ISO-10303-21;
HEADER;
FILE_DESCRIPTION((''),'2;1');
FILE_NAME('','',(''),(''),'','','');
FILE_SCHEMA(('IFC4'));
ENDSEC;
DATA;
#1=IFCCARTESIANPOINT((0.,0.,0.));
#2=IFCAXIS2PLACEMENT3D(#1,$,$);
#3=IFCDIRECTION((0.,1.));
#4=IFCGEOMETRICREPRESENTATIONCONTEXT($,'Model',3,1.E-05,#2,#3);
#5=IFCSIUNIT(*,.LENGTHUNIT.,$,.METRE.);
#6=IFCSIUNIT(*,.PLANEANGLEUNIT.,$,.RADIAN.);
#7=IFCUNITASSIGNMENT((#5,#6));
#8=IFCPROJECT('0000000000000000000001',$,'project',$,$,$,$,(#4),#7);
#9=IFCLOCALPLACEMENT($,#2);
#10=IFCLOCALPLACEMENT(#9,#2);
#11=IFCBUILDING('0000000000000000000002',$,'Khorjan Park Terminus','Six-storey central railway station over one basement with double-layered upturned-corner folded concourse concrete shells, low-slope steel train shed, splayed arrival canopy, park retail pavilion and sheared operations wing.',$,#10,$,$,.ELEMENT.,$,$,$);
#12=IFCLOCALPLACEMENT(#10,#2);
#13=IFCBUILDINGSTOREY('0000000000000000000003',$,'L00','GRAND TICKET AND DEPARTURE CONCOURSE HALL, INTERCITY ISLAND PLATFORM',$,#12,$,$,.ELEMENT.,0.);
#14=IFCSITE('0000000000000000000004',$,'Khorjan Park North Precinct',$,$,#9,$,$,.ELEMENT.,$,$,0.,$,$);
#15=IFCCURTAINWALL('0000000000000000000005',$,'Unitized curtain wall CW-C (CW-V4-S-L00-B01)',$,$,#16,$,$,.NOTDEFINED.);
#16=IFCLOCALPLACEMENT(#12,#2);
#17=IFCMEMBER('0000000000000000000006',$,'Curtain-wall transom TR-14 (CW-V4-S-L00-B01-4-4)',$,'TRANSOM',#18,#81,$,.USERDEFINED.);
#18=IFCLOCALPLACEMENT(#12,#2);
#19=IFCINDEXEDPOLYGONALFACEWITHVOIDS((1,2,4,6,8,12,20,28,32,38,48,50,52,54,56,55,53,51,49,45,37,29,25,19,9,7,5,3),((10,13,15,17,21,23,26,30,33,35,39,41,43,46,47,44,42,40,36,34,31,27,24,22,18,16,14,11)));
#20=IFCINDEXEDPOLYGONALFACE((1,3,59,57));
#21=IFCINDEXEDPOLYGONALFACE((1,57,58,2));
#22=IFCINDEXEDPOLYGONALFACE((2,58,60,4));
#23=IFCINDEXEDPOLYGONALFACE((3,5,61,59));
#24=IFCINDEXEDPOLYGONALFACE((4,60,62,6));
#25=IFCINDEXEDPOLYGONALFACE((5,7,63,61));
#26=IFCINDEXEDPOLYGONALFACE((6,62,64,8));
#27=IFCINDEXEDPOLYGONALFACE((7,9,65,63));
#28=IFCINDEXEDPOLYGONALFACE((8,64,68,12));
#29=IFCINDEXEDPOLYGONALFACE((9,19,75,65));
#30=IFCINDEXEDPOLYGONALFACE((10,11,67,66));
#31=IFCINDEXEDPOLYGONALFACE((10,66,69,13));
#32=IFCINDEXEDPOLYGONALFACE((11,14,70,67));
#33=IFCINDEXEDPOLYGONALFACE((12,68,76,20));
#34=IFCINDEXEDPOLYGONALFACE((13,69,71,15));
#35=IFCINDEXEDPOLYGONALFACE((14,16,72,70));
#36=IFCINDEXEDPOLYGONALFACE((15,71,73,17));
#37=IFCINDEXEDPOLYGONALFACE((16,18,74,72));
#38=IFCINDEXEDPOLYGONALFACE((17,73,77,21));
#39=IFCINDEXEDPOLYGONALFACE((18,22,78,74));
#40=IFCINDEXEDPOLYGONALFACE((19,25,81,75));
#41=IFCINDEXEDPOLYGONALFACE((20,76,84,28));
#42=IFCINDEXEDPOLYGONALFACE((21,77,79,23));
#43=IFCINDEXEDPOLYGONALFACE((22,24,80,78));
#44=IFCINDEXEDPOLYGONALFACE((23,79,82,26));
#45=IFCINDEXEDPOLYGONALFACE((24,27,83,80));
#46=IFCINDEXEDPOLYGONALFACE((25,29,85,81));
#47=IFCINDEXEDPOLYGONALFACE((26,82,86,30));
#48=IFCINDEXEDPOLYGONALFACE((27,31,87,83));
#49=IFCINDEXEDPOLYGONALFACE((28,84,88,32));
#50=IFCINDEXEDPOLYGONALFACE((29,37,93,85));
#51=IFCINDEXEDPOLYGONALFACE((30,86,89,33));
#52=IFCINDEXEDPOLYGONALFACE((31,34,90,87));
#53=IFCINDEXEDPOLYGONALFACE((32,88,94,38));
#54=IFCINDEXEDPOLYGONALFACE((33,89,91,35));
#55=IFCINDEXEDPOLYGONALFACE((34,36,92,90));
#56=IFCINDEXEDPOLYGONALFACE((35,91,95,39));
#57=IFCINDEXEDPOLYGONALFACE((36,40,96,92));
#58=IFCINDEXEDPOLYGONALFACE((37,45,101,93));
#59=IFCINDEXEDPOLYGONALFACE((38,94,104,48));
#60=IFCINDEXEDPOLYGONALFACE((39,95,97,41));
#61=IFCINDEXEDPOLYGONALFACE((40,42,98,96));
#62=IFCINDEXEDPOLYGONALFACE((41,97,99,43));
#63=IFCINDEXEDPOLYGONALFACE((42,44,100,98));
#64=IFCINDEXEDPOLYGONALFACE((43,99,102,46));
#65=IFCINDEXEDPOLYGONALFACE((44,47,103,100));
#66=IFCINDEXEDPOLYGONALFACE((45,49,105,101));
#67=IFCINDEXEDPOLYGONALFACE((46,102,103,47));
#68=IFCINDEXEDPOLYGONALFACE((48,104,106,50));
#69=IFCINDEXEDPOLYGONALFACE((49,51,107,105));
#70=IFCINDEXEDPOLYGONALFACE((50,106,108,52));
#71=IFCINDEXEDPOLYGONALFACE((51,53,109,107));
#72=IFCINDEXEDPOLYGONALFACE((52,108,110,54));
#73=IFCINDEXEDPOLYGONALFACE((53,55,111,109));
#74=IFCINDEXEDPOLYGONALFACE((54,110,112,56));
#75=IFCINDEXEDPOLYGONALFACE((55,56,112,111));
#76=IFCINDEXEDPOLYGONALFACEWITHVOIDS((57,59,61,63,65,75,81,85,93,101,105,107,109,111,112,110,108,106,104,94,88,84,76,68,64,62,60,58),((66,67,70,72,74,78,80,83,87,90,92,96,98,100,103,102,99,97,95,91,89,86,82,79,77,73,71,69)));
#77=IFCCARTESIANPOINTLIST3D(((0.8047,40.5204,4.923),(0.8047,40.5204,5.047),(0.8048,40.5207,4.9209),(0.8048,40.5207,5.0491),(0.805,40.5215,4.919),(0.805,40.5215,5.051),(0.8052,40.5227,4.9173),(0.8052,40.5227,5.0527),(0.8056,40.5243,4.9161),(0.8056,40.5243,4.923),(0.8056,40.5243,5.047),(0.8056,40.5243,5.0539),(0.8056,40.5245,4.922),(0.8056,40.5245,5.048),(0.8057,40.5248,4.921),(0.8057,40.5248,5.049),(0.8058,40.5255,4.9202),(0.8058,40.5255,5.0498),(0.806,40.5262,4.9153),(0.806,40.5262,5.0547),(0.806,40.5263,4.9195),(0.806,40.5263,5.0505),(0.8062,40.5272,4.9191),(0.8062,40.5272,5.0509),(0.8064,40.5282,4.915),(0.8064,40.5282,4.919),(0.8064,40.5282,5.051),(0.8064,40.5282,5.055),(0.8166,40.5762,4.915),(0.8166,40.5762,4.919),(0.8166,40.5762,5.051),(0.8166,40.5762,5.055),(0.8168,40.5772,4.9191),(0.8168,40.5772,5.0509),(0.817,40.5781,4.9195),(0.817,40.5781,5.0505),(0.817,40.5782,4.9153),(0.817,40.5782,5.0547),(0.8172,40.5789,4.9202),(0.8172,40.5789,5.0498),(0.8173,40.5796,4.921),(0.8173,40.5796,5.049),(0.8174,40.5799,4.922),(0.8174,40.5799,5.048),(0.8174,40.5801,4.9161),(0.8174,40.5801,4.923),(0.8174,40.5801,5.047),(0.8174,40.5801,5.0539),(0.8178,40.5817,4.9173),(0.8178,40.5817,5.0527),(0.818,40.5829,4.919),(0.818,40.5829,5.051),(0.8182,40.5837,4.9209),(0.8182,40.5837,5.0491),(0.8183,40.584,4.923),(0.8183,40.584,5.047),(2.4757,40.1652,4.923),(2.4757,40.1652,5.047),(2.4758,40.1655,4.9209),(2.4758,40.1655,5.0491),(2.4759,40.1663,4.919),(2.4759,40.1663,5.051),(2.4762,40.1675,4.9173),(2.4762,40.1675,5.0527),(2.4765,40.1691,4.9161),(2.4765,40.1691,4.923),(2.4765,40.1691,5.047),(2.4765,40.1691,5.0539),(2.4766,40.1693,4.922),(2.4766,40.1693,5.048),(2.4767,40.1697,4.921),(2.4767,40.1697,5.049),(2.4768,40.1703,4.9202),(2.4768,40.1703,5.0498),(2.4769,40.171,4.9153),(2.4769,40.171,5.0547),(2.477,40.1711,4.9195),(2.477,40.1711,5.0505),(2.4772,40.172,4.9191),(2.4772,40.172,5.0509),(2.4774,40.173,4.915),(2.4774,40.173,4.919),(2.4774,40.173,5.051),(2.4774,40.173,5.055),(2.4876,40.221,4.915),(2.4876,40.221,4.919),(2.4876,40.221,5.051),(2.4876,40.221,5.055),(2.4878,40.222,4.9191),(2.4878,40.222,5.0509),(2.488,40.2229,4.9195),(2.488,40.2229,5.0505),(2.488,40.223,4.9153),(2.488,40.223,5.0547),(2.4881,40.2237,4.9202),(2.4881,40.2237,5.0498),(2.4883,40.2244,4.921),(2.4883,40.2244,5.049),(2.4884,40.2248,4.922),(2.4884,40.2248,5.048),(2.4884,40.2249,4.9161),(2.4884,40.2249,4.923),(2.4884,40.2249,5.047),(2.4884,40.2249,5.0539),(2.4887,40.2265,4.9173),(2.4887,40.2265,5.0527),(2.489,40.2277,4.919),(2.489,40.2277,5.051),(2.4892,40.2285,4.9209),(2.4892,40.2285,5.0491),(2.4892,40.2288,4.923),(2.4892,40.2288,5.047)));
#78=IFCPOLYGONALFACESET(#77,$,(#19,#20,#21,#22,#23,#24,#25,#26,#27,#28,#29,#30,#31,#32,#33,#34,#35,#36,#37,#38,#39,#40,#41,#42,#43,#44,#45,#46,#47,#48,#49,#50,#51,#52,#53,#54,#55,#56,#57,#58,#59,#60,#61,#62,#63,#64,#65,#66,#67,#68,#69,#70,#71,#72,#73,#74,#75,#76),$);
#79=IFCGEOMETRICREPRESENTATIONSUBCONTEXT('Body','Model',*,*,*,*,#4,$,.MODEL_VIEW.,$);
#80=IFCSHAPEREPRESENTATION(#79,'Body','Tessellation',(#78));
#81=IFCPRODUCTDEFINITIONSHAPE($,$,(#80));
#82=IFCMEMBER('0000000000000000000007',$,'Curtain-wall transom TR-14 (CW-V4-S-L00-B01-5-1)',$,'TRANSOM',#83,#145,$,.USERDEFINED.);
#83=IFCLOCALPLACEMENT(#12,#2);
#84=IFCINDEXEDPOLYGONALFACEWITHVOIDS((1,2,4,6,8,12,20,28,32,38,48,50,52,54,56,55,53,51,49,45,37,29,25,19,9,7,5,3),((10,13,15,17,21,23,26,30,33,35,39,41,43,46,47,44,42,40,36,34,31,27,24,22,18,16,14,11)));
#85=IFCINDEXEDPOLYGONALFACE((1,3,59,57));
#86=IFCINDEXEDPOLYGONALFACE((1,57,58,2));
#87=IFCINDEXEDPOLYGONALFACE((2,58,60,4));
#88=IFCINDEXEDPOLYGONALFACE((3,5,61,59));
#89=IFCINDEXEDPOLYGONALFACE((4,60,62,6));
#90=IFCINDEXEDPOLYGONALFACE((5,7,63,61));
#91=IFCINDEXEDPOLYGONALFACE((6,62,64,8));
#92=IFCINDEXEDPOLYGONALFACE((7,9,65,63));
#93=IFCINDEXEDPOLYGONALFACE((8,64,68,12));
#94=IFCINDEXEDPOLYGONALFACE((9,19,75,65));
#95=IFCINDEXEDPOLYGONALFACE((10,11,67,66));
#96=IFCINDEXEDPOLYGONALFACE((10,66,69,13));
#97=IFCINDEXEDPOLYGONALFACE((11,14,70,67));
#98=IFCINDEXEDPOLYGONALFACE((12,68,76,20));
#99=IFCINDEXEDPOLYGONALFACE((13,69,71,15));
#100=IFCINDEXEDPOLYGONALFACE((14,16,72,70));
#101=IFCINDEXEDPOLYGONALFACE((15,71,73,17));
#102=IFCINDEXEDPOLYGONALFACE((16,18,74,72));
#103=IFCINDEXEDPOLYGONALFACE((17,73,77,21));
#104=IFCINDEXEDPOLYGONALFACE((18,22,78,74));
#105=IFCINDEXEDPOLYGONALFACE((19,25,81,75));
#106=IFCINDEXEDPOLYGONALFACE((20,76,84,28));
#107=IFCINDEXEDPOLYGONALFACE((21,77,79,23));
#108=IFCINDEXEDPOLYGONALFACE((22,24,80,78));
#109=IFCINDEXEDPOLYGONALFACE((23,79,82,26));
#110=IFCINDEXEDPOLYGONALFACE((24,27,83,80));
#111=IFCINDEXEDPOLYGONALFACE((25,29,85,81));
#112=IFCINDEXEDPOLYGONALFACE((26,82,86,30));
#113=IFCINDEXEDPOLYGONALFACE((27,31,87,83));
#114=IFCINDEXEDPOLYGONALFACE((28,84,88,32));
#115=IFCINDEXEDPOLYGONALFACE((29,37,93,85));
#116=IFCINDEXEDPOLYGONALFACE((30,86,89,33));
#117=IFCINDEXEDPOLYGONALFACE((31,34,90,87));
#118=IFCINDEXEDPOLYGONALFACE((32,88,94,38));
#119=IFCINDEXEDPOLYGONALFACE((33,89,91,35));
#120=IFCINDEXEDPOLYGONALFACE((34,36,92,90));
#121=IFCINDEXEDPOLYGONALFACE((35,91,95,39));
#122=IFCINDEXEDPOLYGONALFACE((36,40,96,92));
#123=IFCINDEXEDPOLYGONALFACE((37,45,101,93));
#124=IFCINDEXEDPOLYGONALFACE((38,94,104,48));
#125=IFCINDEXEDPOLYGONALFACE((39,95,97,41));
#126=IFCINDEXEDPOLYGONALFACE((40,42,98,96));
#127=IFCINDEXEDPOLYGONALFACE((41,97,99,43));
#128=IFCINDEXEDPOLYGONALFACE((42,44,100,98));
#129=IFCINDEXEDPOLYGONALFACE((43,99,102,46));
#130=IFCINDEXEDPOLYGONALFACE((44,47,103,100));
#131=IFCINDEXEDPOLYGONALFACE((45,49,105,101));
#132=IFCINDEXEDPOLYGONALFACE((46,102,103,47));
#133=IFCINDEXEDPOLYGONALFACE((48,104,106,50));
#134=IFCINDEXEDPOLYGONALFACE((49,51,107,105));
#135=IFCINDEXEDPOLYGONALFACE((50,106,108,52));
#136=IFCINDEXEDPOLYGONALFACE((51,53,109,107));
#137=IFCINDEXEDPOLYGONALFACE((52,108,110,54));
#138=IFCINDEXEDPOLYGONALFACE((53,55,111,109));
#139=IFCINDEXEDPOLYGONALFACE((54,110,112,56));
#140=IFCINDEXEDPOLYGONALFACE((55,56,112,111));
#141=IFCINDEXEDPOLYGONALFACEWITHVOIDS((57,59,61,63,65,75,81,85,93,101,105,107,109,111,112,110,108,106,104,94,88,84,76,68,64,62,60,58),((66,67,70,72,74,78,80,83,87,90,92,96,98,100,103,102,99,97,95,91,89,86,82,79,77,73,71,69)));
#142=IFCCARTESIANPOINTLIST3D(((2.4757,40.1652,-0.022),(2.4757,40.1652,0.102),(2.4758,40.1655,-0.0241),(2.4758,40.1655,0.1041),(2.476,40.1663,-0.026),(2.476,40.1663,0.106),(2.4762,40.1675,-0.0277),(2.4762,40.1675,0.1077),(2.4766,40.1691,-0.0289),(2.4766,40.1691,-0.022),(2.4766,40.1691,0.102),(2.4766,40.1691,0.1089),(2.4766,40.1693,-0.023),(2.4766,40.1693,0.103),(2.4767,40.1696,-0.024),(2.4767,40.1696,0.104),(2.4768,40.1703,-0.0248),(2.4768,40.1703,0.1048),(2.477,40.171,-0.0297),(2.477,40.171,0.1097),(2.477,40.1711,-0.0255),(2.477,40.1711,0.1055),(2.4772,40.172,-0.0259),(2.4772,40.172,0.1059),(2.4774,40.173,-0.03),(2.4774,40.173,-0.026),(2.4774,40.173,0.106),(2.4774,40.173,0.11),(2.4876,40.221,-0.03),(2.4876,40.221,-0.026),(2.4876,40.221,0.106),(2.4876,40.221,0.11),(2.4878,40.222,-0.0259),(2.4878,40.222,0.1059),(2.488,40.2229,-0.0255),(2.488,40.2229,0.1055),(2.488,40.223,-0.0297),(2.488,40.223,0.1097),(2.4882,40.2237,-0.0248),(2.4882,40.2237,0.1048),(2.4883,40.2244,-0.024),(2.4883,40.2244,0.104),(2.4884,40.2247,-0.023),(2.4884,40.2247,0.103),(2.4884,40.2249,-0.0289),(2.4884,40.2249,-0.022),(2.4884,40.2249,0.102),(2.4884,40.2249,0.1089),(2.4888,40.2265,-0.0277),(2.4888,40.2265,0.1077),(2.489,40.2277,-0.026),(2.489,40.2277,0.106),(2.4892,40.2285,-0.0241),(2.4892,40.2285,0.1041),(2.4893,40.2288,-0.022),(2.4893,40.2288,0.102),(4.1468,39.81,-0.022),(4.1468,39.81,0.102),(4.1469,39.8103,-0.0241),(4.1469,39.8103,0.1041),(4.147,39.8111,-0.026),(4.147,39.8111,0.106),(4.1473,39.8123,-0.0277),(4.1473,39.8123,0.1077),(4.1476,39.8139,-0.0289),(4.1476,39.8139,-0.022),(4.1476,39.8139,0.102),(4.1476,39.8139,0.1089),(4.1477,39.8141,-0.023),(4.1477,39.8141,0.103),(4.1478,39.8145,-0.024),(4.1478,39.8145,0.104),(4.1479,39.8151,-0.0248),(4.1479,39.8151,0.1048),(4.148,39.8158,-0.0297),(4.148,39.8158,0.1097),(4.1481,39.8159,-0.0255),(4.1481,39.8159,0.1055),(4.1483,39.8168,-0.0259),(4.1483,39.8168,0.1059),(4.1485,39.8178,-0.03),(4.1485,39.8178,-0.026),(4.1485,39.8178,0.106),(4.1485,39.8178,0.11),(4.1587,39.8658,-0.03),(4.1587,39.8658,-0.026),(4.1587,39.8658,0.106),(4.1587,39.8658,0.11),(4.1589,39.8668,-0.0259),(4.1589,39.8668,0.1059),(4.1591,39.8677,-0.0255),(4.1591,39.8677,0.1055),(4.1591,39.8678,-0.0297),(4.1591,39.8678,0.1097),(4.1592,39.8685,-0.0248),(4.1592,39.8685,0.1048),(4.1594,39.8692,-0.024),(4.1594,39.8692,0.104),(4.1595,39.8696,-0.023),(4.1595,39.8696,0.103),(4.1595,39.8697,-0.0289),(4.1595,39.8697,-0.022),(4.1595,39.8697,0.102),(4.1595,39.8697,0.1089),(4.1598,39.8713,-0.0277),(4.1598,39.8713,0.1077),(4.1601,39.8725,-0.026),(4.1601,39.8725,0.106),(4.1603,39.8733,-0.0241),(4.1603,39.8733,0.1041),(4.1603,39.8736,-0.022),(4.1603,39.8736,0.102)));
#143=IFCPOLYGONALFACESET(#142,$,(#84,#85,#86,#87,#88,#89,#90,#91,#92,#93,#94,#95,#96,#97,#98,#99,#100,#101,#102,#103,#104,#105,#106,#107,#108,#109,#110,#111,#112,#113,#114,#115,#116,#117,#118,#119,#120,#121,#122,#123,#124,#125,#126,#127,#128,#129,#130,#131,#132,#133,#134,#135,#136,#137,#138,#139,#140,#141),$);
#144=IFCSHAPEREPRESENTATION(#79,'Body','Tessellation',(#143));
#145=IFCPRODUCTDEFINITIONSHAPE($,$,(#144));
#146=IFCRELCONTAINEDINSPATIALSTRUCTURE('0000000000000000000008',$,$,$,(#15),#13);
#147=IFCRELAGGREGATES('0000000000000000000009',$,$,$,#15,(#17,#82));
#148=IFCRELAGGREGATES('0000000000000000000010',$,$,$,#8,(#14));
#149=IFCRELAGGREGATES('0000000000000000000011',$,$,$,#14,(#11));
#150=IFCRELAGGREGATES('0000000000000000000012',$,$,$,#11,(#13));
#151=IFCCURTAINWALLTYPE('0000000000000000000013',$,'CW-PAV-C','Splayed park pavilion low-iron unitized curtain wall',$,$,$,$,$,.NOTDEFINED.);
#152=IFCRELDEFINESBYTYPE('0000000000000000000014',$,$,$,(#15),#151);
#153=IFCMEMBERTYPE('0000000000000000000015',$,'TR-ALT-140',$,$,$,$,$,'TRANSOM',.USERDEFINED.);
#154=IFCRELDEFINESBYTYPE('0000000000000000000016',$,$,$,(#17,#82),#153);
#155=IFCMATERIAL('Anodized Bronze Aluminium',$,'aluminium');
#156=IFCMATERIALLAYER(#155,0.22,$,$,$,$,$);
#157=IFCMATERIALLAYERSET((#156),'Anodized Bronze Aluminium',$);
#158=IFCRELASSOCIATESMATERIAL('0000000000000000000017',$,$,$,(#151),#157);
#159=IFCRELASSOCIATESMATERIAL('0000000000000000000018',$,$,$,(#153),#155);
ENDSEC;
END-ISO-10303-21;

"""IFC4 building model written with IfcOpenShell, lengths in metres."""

from ifc_helpers import new_model, si_unit, direction, frame, origin, origin_2d, place, context, subcontext, project, spatial, hollow_rectangle, extrude, material, layer, layer_set, material_profile, profile_set, type_object, element, aggregate, save


model = new_model("IFC4")

# Units and contexts
model_context = context("Model", 3, precision=1e-05, world=origin(), true_north=direction((0.0, 1.0)))
body_context = subcontext(model_context, "Body", "Model", "MODEL_VIEW")
ifc_project = project(units=[si_unit("LENGTHUNIT", "METRE"), si_unit("PLANEANGLEUNIT", "RADIAN")], contexts=[model_context])

# Site, building, storey
site_placement = place(None, origin())
site = spatial("IfcSite", under=ifc_project, at=site_placement, Name="Khorjan Park North Precinct", CompositionType="ELEMENT", RefElevation=0.0)
building_placement = place(site_placement, origin())
building = spatial("IfcBuilding", under=site, at=building_placement, Name="Khorjan Park Terminus", Description="Six-storey central railway station over one basement with double-layered upturned-corner folded concourse concrete shells, low-slope steel train shed, splayed arrival canopy, park retail pavilion and sheared operations wing.", CompositionType="ELEMENT")
storey_placement = place(building_placement, origin())
storey = spatial("IfcBuildingStorey", under=building, at=storey_placement, Name="L00", Description="GRAND TICKET AND DEPARTURE CONCOURSE HALL, INTERCITY ISLAND PLATFORM", CompositionType="ELEMENT", Elevation=0.0)

# Curtain wall, members
ifc_material_1 = material(Name="Anodized Bronze Aluminium", Category="aluminium")
ifc_layer_1 = layer(ifc_material_1, 0.22)
ifc_layer_set_1 = layer_set([ifc_layer_1], Name="Anodized Bronze Aluminium")
curtain_wall_type = type_object("IfcCurtainWallType", Name="CW-PAV-C", Description="Splayed park pavilion low-iron unitized curtain wall", PredefinedType="NOTDEFINED", material=ifc_layer_set_1)
curtain_wall_placement = place(storey_placement, origin())
curtain_wall = element("IfcCurtainWall", 1, at=curtain_wall_placement, inside=storey, type_object=curtain_wall_type, Name="Unitized curtain wall CW-C (CW-V4-S-L00-B01)", PredefinedType="NOTDEFINED")
ifc_material_profile_1 = material_profile(ifc_material_1, hollow_rectangle(XDim=0.065, YDim=0.14, WallThickness=0.004, InnerFilletRadius=0.004, OuterFilletRadius=0.008, at=origin_2d()), Name="ALT 65x140x4")
ifc_profile_set_1 = profile_set([ifc_material_profile_1], Name="Anodized Bronze Aluminium")
member_type_1 = type_object("IfcMemberType", Name="TR-ALT-140", ElementType="TRANSOM", PredefinedType="USERDEFINED", material=ifc_profile_set_1)
member_1_placement = place(storey_placement, frame((0.8115, 40.5522, 4.985), z_axis=(0.978145, -0.207922, 0.0), x_axis=(0.207922, 0.978145, 0.0)))
member_1 = element("IfcMember", 2, at=member_1_placement, type_object=member_type_1, Name="Curtain-wall transom TR-14 (CW-V4-S-L00-B01-4-4)", ObjectType="TRANSOM", PredefinedType="USERDEFINED", context=body_context, shape_type="SweptSolid", body=[
    extrude(hollow_rectangle(XDim=0.065, YDim=0.14, WallThickness=0.004, InnerFilletRadius=0.004, OuterFilletRadius=0.008, at=origin_2d()), origin(), (0.0, 0.0, 1.0), 1.7083),
])
member_2_placement = place(storey_placement, frame((2.4825, 40.197, 0.04), z_axis=(0.978148, -0.20791, 0.0), x_axis=(0.20791, 0.978148, 0.0)))
member_2 = element("IfcMember", 3, at=member_2_placement, type_object=member_type_1, Name="Curtain-wall transom TR-14 (CW-V4-S-L00-B01-5-1)", ObjectType="TRANSOM", PredefinedType="USERDEFINED", context=body_context, shape_type="SweptSolid", body=[
    extrude(hollow_rectangle(XDim=0.065, YDim=0.14, WallThickness=0.004, InnerFilletRadius=0.004, OuterFilletRadius=0.008, at=origin_2d()), origin(), (0.0, 0.0, 1.0), 1.7084),
])
aggregate(curtain_wall, [member_1, member_2])

save(model, "model.ifc")
